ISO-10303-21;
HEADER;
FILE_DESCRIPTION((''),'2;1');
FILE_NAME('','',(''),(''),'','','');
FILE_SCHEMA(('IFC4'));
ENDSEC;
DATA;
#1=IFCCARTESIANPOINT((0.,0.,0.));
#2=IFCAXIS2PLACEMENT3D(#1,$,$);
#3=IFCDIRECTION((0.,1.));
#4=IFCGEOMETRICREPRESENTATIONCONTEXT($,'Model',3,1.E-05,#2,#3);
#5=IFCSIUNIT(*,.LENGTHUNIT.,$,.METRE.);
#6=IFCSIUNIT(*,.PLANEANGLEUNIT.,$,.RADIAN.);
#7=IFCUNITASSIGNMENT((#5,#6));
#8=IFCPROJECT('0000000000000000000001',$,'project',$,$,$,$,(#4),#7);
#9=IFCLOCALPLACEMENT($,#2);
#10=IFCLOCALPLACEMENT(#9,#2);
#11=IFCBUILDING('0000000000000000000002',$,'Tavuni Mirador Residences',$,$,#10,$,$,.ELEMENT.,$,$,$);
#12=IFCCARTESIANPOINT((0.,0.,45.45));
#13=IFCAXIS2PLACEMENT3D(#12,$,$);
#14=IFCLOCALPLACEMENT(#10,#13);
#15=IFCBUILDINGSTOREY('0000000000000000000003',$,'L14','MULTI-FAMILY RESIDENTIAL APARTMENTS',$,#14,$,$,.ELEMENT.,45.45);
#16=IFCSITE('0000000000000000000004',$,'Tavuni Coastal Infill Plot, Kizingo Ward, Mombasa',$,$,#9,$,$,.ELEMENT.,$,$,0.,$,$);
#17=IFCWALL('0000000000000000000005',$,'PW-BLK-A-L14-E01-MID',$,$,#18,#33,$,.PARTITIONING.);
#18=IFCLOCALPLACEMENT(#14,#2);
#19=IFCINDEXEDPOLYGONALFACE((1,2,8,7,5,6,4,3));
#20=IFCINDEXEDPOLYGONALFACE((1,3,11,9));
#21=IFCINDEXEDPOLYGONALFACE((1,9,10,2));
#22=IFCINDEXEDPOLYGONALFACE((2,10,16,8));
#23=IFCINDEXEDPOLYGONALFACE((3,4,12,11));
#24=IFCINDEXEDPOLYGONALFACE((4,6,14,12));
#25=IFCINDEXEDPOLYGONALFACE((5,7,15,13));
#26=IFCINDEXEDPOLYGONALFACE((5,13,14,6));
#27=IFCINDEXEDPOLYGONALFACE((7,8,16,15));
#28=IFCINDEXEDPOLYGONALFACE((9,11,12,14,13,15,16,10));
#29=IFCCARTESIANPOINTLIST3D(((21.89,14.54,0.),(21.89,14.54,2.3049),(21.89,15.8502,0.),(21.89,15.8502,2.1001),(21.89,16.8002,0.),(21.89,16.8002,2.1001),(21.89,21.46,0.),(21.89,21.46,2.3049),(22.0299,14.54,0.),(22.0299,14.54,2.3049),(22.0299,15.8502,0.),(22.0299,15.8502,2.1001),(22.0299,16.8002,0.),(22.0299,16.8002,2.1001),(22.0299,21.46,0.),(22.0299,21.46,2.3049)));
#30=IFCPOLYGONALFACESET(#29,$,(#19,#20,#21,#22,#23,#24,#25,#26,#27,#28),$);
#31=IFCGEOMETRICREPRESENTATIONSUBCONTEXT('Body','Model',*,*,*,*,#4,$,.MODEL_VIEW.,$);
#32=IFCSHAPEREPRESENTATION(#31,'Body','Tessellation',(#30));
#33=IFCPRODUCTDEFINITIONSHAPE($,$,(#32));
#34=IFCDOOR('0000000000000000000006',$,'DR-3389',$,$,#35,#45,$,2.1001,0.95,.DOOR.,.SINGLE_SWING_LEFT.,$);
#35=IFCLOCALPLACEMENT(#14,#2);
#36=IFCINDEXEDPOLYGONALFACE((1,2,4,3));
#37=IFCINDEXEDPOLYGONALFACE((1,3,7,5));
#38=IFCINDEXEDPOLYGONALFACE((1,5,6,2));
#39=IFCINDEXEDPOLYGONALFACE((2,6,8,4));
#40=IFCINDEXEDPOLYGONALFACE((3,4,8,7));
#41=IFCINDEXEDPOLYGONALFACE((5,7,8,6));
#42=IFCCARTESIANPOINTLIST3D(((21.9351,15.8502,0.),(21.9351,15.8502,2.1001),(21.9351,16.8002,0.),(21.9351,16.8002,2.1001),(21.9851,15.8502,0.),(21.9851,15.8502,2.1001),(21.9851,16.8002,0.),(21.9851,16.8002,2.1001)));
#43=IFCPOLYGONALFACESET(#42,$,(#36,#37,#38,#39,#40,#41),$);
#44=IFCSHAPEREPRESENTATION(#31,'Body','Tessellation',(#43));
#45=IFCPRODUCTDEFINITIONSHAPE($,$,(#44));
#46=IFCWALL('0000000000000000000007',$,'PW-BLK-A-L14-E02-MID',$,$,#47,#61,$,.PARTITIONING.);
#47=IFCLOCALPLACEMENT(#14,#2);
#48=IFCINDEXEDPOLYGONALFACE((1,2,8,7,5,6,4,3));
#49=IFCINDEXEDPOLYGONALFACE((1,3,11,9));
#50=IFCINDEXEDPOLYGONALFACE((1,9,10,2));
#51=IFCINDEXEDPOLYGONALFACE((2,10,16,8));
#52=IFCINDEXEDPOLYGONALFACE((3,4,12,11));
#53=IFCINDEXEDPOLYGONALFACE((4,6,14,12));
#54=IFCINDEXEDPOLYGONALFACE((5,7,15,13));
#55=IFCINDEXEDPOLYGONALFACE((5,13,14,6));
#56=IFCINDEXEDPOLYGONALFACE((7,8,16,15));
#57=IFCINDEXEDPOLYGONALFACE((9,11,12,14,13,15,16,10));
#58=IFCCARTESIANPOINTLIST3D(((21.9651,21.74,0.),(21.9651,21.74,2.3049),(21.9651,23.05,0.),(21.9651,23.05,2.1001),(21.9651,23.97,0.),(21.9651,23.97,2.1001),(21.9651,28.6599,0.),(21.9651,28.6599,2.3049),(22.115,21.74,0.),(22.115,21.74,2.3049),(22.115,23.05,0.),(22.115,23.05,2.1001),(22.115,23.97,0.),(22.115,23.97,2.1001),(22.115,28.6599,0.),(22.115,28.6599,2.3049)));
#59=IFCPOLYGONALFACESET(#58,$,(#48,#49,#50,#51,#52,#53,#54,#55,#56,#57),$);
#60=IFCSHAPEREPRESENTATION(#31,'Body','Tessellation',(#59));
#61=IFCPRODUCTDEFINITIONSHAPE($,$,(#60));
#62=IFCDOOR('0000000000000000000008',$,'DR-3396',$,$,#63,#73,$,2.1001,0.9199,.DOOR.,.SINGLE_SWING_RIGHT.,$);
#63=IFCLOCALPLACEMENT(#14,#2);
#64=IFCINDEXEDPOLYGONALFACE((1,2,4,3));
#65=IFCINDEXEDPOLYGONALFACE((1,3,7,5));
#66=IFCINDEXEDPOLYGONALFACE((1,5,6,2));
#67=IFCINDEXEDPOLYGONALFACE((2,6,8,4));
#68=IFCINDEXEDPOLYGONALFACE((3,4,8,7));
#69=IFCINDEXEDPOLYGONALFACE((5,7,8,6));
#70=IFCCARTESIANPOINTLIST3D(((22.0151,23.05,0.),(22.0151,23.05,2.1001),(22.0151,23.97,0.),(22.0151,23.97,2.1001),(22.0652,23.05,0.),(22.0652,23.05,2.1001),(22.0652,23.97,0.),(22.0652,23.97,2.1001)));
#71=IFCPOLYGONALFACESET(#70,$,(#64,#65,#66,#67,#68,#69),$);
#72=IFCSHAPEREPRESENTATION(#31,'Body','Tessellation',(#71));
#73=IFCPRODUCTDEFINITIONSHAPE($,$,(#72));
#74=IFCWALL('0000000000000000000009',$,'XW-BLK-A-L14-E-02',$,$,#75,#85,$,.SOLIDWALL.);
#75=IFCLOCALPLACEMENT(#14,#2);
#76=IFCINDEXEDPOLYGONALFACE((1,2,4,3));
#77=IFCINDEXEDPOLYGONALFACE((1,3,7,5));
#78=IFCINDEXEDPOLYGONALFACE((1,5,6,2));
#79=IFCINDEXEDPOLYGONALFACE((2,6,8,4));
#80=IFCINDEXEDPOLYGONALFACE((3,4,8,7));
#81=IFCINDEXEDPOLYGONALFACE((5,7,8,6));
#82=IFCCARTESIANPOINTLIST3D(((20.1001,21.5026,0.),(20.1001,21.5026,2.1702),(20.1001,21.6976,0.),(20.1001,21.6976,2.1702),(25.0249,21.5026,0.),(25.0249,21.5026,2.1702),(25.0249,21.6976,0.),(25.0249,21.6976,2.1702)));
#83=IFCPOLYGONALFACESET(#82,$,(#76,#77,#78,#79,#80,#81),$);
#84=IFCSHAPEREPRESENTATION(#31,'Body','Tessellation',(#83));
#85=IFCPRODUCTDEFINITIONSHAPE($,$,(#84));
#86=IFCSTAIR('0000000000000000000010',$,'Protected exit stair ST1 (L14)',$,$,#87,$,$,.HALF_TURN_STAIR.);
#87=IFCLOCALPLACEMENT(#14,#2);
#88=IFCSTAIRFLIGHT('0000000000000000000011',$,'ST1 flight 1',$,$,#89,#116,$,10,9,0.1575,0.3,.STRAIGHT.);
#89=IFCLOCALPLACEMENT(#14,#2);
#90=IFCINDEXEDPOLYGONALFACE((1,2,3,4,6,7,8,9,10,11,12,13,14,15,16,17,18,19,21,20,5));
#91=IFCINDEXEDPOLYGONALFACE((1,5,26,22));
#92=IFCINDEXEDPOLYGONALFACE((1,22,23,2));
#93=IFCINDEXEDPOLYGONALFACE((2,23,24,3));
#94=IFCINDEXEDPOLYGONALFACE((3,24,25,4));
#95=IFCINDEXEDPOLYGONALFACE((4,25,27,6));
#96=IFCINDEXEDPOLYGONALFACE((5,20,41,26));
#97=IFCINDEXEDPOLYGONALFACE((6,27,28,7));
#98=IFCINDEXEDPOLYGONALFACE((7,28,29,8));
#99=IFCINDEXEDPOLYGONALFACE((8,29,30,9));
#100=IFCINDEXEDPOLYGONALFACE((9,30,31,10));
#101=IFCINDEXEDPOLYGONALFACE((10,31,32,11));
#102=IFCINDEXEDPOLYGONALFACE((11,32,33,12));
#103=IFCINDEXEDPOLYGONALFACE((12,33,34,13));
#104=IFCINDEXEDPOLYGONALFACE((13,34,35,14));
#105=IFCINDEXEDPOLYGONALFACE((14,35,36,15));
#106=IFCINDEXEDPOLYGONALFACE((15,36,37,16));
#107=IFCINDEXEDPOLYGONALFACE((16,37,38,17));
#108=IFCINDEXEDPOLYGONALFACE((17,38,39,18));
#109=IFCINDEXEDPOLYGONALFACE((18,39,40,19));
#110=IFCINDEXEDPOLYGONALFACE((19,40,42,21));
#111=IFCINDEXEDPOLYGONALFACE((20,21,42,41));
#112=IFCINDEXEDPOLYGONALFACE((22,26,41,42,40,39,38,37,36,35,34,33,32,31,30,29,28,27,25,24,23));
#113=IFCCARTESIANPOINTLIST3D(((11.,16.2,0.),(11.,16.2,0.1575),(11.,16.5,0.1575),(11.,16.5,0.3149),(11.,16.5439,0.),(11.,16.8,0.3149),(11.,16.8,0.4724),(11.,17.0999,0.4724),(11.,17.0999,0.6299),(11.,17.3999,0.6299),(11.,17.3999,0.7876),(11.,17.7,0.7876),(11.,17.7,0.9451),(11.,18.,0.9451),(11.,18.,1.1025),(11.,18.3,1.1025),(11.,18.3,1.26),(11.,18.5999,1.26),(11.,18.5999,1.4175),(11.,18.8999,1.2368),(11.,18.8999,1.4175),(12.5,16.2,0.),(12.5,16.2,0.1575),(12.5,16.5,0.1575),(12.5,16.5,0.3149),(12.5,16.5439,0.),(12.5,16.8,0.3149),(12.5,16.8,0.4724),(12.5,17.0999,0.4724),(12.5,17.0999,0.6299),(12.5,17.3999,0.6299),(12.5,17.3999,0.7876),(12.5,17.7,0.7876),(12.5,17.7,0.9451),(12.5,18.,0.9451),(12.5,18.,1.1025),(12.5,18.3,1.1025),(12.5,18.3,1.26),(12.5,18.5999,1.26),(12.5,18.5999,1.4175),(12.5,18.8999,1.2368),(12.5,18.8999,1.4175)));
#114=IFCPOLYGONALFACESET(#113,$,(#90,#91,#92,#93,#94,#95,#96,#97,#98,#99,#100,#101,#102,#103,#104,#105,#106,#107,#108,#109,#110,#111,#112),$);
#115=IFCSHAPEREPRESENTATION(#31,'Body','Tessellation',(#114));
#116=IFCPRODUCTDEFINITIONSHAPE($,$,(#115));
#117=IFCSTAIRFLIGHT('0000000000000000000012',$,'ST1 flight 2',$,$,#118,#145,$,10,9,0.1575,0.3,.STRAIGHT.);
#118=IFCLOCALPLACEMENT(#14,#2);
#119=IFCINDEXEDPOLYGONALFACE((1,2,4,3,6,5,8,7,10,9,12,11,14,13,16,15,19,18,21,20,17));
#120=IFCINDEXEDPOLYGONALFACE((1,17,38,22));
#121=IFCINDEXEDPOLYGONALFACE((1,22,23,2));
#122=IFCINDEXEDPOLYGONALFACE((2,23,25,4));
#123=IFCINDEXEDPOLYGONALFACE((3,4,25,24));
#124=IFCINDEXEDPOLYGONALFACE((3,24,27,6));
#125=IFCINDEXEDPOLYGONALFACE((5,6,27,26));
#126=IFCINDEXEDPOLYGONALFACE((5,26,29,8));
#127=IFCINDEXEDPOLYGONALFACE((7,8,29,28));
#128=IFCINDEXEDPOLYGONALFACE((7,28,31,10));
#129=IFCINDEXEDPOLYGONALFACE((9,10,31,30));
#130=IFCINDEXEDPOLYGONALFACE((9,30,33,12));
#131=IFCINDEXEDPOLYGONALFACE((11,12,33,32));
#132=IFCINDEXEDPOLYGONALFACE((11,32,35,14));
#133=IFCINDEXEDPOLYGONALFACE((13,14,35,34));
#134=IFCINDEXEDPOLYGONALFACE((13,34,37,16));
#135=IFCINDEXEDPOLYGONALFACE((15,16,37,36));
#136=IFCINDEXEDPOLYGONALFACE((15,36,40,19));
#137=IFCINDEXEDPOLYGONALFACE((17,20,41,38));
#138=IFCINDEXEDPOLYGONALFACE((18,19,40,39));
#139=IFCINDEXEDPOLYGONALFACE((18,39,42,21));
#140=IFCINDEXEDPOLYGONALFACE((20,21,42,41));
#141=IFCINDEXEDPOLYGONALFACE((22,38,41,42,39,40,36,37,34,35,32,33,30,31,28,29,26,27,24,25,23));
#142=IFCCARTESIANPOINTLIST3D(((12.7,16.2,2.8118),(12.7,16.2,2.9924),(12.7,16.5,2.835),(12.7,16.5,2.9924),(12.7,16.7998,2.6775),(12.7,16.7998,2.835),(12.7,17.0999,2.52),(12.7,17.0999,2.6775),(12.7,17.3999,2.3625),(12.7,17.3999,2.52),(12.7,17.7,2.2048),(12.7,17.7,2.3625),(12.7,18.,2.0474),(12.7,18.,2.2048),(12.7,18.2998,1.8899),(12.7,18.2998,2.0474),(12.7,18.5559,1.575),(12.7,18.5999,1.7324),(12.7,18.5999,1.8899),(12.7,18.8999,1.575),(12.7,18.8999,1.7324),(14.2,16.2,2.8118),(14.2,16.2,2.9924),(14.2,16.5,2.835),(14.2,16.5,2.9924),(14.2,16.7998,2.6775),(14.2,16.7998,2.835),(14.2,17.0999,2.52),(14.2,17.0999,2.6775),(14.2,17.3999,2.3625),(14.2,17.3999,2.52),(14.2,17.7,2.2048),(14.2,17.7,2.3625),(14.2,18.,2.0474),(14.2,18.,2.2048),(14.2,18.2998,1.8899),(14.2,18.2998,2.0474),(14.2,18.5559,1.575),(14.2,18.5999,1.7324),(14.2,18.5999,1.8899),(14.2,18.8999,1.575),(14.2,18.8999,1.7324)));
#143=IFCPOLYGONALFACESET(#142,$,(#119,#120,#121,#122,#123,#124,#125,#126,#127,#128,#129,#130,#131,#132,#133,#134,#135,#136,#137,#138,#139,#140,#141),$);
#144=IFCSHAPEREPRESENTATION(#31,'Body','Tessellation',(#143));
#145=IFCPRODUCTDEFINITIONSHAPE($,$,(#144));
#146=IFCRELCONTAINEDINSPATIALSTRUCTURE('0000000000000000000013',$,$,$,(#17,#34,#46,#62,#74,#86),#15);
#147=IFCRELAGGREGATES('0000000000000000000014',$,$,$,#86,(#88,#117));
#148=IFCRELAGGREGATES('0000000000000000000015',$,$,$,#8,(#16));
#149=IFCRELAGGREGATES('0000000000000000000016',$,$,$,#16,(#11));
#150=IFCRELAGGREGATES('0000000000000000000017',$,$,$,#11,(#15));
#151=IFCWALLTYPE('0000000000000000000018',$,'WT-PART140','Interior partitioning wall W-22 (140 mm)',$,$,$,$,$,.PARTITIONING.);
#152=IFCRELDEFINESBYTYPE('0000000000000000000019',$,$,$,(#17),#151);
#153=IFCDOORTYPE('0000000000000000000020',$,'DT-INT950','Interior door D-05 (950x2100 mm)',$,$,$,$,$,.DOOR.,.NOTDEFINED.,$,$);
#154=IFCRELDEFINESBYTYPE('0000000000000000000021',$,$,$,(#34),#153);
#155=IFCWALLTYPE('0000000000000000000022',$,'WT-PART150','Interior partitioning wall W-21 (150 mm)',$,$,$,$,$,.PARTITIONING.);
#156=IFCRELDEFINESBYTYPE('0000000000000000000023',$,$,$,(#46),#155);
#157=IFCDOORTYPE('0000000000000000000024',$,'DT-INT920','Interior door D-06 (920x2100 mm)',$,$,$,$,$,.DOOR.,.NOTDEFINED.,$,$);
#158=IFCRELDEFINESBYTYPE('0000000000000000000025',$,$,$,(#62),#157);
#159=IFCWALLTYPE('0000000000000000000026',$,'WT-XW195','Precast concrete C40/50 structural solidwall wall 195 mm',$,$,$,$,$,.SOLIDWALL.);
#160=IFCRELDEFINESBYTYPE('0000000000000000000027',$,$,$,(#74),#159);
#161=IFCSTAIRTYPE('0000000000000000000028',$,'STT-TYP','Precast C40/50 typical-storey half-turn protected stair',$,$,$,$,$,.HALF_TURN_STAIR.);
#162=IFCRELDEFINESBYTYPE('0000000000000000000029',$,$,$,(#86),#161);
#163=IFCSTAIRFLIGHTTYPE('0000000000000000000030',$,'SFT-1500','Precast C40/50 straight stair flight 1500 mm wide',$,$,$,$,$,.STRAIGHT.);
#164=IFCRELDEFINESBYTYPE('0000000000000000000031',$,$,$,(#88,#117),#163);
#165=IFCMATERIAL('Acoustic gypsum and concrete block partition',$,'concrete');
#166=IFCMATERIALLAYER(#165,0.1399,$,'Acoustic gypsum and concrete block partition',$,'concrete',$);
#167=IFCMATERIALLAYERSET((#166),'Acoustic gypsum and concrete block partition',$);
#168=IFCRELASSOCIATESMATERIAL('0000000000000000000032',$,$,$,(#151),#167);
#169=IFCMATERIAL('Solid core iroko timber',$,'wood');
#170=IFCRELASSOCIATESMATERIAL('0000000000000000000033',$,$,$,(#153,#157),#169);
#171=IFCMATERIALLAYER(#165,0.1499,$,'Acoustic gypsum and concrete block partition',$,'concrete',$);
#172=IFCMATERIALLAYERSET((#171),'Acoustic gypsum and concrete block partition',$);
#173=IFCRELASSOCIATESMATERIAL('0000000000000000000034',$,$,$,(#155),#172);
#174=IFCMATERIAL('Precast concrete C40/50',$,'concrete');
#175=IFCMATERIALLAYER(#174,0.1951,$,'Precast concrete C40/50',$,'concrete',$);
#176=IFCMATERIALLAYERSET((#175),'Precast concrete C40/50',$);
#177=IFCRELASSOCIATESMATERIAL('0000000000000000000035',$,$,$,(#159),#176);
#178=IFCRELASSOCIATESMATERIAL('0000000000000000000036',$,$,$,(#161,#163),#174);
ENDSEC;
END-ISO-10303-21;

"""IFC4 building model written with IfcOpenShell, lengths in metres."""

from ifc_helpers import new_model, si_unit, direction, frame, frame_2d, origin, place, context, subcontext, project, spatial, polyline, rectangle, outline, extrude, material, layer, layer_set, type_object, element, fill, aggregate, save


model = new_model("IFC4")

# Units and contexts
model_context = context("Model", 3, precision=1e-05, world=origin(), true_north=direction((0.0, 1.0)))
body_context = subcontext(model_context, "Body", "Model", "MODEL_VIEW")
ifc_project = project(units=[si_unit("LENGTHUNIT", "METRE"), si_unit("PLANEANGLEUNIT", "RADIAN")], contexts=[model_context])

# Site, building, storey
site_placement = place(None, origin())
site = spatial("IfcSite", under=ifc_project, at=site_placement, Name="Tavuni Coastal Infill Plot, Kizingo Ward, Mombasa", CompositionType="ELEMENT", RefElevation=0.0)
building_placement = place(site_placement, origin())
building = spatial("IfcBuilding", under=site, at=building_placement, Name="Tavuni Mirador Residences", CompositionType="ELEMENT")
storey_placement = place(building_placement, frame((0.0, 0.0, 45.45)))
storey = spatial("IfcBuildingStorey", under=building, at=storey_placement, Name="L14", Description="MULTI-FAMILY RESIDENTIAL APARTMENTS", CompositionType="ELEMENT", Elevation=45.45)

# Shared definitions
ifc_material_1 = material(Name="Precast concrete C40/50", Category="concrete")

# Walls, openings, doors
ifc_material_2 = material(Name="Solid core iroko timber", Category="wood")
ifc_material_3 = material(Name="Acoustic gypsum and concrete block partition", Category="concrete")
ifc_layer_1 = layer(ifc_material_3, 0.1399, Name="Acoustic gypsum and concrete block partition", Category="concrete")
ifc_layer_set_1 = layer_set([ifc_layer_1], Name="Acoustic gypsum and concrete block partition")
wall_type_1 = type_object("IfcWallType", Name="WT-PART140", Description="Interior partitioning wall W-22 (140 mm)", PredefinedType="PARTITIONING", material=ifc_layer_set_1)
wall_1_placement = place(storey_placement, frame((21.96, 14.54, 0.0), z_axis=(0.0, 0.0, 1.0), x_axis=(0.0, 1.0, 0.0)))
wall_1 = element("IfcWall", 1, at=wall_1_placement, inside=storey, type_object=wall_type_1, Name="PW-BLK-A-L14-E01-MID", PredefinedType="PARTITIONING", context=body_context, shape_type="SweptSolid", body=[
    extrude(rectangle(XDim=6.9199, YDim=0.1399, at=frame_2d((3.46, 0.0))), origin(), (0.0, 0.0, 1.0), 2.3049),
])
opening_1_placement = place(wall_1_placement, frame((1.3101, 0.0, 0.0)))
opening_1 = element("IfcOpeningElement", 2, at=opening_1_placement, cuts=wall_1, PredefinedType="OPENING", context=body_context, shape_type="SweptSolid", body=[
    extrude(rectangle(XDim=0.95, YDim=2.1001, at=frame_2d((0.4751, 1.05))), frame((0.0, 0.0801, 0.0), z_axis=(0.0, -1.0, 0.0), x_axis=(1.0, 0.0, 0.0)), (0.0, 0.0, 1.0), 0.1599),
])
door_type_1 = type_object("IfcDoorType", Name="DT-INT950", Description="Interior door D-05 (950x2100 mm)", OperationType="NOTDEFINED", PredefinedType="DOOR", material=ifc_material_2)
door_1_placement = place(opening_1_placement, origin())
door_1 = element("IfcDoor", 3, at=door_1_placement, inside=storey, type_object=door_type_1, Name="DR-3389", OperationType="SINGLE_SWING_LEFT", OverallHeight=2.1001, OverallWidth=0.95, PredefinedType="DOOR", context=body_context, shape_type="SweptSolid", body=[
    extrude(rectangle(XDim=0.95, YDim=2.1001, at=frame_2d((0.4751, 1.05))), frame((0.0, 0.0249, 0.0), z_axis=(0.0, -1.0, 0.0), x_axis=(1.0, 0.0, 0.0)), (0.0, 0.0, 1.0), 0.05),
])
fill(opening_1, door_1)
ifc_layer_2 = layer(ifc_material_3, 0.1499, Name="Acoustic gypsum and concrete block partition", Category="concrete")
ifc_layer_set_2 = layer_set([ifc_layer_2], Name="Acoustic gypsum and concrete block partition")
wall_type_2 = type_object("IfcWallType", Name="WT-PART150", Description="Interior partitioning wall W-21 (150 mm)", PredefinedType="PARTITIONING", material=ifc_layer_set_2)
wall_2_placement = place(storey_placement, frame((22.04, 21.74, 0.0), z_axis=(0.0, 0.0, 1.0), x_axis=(0.0, 1.0, 0.0)))
wall_2 = element("IfcWall", 4, at=wall_2_placement, inside=storey, type_object=wall_type_2, Name="PW-BLK-A-L14-E02-MID", PredefinedType="PARTITIONING", context=body_context, shape_type="SweptSolid", body=[
    extrude(rectangle(XDim=6.9199, YDim=0.1499, at=frame_2d((3.46, 0.0))), origin(), (0.0, 0.0, 1.0), 2.3049),
])
opening_2_placement = place(wall_2_placement, frame((1.3101, 0.0, 0.0)))
opening_2 = element("IfcOpeningElement", 5, at=opening_2_placement, cuts=wall_2, PredefinedType="OPENING", context=body_context, shape_type="SweptSolid", body=[
    extrude(rectangle(XDim=0.9199, YDim=2.1001, at=frame_2d((0.46, 1.05))), frame((0.0, 0.085, 0.0), z_axis=(0.0, -1.0, 0.0), x_axis=(1.0, 0.0, 0.0)), (0.0, 0.0, 1.0), 0.1699),
])
door_type_2 = type_object("IfcDoorType", Name="DT-INT920", Description="Interior door D-06 (920x2100 mm)", OperationType="NOTDEFINED", PredefinedType="DOOR", material=ifc_material_2)
door_2_placement = place(opening_2_placement, origin())
door_2 = element("IfcDoor", 6, at=door_2_placement, inside=storey, type_object=door_type_2, Name="DR-3396", OperationType="SINGLE_SWING_RIGHT", OverallHeight=2.1001, OverallWidth=0.9199, PredefinedType="DOOR", context=body_context, shape_type="SweptSolid", body=[
    extrude(rectangle(XDim=0.9199, YDim=2.1001, at=frame_2d((0.46, 1.05))), frame((0.0, 0.0249, 0.0), z_axis=(0.0, -1.0, 0.0), x_axis=(1.0, 0.0, 0.0)), (0.0, 0.0, 1.0), 0.05),
])
fill(opening_2, door_2)

# Wall
ifc_layer_3 = layer(ifc_material_1, 0.1951, Name="Precast concrete C40/50", Category="concrete")
ifc_layer_set_3 = layer_set([ifc_layer_3], Name="Precast concrete C40/50")
wall_type_3 = type_object("IfcWallType", Name="WT-XW195", Description="Precast concrete C40/50 structural solidwall wall 195 mm", PredefinedType="SOLIDWALL", material=ifc_layer_set_3)
wall_3_placement = place(storey_placement, frame((20.1001, 21.6001, 0.0), z_axis=(0.0, 0.0, 1.0), x_axis=(1.0, 0.0, 0.0)))
element("IfcWall", 7, at=wall_3_placement, inside=storey, type_object=wall_type_3, Name="XW-BLK-A-L14-E-02", PredefinedType="SOLIDWALL", context=body_context, shape_type="SweptSolid", body=[
    extrude(rectangle(XDim=4.9248, YDim=0.1951, at=frame_2d((2.4624, 0.0))), origin(), (0.0, 0.0, 1.0), 2.1702),
])

# Stair, stair flights
stair_type = type_object("IfcStairType", Name="STT-TYP", Description="Precast C40/50 typical-storey half-turn protected stair", PredefinedType="HALF_TURN_STAIR", material=ifc_material_1)
stair_placement = place(storey_placement, origin())
stair = element("IfcStair", 8, at=stair_placement, inside=storey, type_object=stair_type, Name="Protected exit stair ST1 (L14)", PredefinedType="HALF_TURN_STAIR")
stair_flight_type = type_object("IfcStairFlightType", Name="SFT-1500", Description="Precast C40/50 straight stair flight 1500 mm wide", PredefinedType="STRAIGHT", material=ifc_material_1)
stair_flight_1_placement = place(storey_placement, frame((11.75, 16.2, 0.0), z_axis=(0.0, 0.0, 1.0), x_axis=(0.0, 1.0, 0.0)))
stair_flight_1 = element("IfcStairFlight", 9, at=stair_flight_1_placement, type_object=stair_flight_type, Name="ST1 flight 1", NumberOfRisers=10, NumberOfTreads=9, PredefinedType="STRAIGHT", RiserHeight=0.1575, TreadLength=0.3, context=body_context, shape_type="SweptSolid", body=[
    extrude(outline(polyline([(0.0, 0.0), (0.0, 0.1575), (0.3, 0.1575), (0.3, 0.3149), (0.6001, 0.3149), (0.6001, 0.4724), (0.8999, 0.4724), (0.8999, 0.6299), (1.2, 0.6299), (1.2, 0.7876), (1.5, 0.7876), (1.5, 0.9451), (1.8, 0.9451), (1.8, 1.1025), (2.1001, 1.1025), (2.1001, 1.26), (2.3999, 1.26), (2.3999, 1.4175), (2.7, 1.4175), (2.7, 1.575), (2.7, 1.2368), (0.344, 0.0), (0.0, 0.0)])), frame((0.0, 0.75, 0.0), z_axis=(0.0, -1.0, 0.0), x_axis=(1.0, 0.0, 0.0)), (0.0, 0.0, 1.0), 1.5),
])
stair_flight_2_placement = place(storey_placement, frame((13.45, 18.8999, 1.575), z_axis=(0.0, 0.0, 1.0), x_axis=(0.0, -1.0, 0.0)))
stair_flight_2 = element("IfcStairFlight", 10, at=stair_flight_2_placement, type_object=stair_flight_type, Name="ST1 flight 2", NumberOfRisers=10, NumberOfTreads=9, PredefinedType="STRAIGHT", RiserHeight=0.1575, TreadLength=0.3, context=body_context, shape_type="SweptSolid", body=[
    extrude(outline(polyline([(0.0, 0.0), (0.0, 0.1575), (0.3, 0.1575), (0.3, 0.3149), (0.6001, 0.3149), (0.6001, 0.4724), (0.8999, 0.4724), (0.8999, 0.6299), (1.2, 0.6299), (1.2, 0.7876), (1.5, 0.7876), (1.5, 0.9451), (1.8, 0.9451), (1.8, 1.1025), (2.1001, 1.1025), (2.1001, 1.26), (2.3999, 1.26), (2.3999, 1.4175), (2.7, 1.4175), (2.7, 1.575), (2.7, 1.2368), (0.344, 0.0), (0.0, 0.0)])), frame((0.0, 0.75, 0.0), z_axis=(0.0, -1.0, 0.0), x_axis=(1.0, 0.0, 0.0)), (0.0, 0.0, 1.0), 1.5),
])
aggregate(stair, [stair_flight_1, stair_flight_2])

save(model, "model.ifc")
